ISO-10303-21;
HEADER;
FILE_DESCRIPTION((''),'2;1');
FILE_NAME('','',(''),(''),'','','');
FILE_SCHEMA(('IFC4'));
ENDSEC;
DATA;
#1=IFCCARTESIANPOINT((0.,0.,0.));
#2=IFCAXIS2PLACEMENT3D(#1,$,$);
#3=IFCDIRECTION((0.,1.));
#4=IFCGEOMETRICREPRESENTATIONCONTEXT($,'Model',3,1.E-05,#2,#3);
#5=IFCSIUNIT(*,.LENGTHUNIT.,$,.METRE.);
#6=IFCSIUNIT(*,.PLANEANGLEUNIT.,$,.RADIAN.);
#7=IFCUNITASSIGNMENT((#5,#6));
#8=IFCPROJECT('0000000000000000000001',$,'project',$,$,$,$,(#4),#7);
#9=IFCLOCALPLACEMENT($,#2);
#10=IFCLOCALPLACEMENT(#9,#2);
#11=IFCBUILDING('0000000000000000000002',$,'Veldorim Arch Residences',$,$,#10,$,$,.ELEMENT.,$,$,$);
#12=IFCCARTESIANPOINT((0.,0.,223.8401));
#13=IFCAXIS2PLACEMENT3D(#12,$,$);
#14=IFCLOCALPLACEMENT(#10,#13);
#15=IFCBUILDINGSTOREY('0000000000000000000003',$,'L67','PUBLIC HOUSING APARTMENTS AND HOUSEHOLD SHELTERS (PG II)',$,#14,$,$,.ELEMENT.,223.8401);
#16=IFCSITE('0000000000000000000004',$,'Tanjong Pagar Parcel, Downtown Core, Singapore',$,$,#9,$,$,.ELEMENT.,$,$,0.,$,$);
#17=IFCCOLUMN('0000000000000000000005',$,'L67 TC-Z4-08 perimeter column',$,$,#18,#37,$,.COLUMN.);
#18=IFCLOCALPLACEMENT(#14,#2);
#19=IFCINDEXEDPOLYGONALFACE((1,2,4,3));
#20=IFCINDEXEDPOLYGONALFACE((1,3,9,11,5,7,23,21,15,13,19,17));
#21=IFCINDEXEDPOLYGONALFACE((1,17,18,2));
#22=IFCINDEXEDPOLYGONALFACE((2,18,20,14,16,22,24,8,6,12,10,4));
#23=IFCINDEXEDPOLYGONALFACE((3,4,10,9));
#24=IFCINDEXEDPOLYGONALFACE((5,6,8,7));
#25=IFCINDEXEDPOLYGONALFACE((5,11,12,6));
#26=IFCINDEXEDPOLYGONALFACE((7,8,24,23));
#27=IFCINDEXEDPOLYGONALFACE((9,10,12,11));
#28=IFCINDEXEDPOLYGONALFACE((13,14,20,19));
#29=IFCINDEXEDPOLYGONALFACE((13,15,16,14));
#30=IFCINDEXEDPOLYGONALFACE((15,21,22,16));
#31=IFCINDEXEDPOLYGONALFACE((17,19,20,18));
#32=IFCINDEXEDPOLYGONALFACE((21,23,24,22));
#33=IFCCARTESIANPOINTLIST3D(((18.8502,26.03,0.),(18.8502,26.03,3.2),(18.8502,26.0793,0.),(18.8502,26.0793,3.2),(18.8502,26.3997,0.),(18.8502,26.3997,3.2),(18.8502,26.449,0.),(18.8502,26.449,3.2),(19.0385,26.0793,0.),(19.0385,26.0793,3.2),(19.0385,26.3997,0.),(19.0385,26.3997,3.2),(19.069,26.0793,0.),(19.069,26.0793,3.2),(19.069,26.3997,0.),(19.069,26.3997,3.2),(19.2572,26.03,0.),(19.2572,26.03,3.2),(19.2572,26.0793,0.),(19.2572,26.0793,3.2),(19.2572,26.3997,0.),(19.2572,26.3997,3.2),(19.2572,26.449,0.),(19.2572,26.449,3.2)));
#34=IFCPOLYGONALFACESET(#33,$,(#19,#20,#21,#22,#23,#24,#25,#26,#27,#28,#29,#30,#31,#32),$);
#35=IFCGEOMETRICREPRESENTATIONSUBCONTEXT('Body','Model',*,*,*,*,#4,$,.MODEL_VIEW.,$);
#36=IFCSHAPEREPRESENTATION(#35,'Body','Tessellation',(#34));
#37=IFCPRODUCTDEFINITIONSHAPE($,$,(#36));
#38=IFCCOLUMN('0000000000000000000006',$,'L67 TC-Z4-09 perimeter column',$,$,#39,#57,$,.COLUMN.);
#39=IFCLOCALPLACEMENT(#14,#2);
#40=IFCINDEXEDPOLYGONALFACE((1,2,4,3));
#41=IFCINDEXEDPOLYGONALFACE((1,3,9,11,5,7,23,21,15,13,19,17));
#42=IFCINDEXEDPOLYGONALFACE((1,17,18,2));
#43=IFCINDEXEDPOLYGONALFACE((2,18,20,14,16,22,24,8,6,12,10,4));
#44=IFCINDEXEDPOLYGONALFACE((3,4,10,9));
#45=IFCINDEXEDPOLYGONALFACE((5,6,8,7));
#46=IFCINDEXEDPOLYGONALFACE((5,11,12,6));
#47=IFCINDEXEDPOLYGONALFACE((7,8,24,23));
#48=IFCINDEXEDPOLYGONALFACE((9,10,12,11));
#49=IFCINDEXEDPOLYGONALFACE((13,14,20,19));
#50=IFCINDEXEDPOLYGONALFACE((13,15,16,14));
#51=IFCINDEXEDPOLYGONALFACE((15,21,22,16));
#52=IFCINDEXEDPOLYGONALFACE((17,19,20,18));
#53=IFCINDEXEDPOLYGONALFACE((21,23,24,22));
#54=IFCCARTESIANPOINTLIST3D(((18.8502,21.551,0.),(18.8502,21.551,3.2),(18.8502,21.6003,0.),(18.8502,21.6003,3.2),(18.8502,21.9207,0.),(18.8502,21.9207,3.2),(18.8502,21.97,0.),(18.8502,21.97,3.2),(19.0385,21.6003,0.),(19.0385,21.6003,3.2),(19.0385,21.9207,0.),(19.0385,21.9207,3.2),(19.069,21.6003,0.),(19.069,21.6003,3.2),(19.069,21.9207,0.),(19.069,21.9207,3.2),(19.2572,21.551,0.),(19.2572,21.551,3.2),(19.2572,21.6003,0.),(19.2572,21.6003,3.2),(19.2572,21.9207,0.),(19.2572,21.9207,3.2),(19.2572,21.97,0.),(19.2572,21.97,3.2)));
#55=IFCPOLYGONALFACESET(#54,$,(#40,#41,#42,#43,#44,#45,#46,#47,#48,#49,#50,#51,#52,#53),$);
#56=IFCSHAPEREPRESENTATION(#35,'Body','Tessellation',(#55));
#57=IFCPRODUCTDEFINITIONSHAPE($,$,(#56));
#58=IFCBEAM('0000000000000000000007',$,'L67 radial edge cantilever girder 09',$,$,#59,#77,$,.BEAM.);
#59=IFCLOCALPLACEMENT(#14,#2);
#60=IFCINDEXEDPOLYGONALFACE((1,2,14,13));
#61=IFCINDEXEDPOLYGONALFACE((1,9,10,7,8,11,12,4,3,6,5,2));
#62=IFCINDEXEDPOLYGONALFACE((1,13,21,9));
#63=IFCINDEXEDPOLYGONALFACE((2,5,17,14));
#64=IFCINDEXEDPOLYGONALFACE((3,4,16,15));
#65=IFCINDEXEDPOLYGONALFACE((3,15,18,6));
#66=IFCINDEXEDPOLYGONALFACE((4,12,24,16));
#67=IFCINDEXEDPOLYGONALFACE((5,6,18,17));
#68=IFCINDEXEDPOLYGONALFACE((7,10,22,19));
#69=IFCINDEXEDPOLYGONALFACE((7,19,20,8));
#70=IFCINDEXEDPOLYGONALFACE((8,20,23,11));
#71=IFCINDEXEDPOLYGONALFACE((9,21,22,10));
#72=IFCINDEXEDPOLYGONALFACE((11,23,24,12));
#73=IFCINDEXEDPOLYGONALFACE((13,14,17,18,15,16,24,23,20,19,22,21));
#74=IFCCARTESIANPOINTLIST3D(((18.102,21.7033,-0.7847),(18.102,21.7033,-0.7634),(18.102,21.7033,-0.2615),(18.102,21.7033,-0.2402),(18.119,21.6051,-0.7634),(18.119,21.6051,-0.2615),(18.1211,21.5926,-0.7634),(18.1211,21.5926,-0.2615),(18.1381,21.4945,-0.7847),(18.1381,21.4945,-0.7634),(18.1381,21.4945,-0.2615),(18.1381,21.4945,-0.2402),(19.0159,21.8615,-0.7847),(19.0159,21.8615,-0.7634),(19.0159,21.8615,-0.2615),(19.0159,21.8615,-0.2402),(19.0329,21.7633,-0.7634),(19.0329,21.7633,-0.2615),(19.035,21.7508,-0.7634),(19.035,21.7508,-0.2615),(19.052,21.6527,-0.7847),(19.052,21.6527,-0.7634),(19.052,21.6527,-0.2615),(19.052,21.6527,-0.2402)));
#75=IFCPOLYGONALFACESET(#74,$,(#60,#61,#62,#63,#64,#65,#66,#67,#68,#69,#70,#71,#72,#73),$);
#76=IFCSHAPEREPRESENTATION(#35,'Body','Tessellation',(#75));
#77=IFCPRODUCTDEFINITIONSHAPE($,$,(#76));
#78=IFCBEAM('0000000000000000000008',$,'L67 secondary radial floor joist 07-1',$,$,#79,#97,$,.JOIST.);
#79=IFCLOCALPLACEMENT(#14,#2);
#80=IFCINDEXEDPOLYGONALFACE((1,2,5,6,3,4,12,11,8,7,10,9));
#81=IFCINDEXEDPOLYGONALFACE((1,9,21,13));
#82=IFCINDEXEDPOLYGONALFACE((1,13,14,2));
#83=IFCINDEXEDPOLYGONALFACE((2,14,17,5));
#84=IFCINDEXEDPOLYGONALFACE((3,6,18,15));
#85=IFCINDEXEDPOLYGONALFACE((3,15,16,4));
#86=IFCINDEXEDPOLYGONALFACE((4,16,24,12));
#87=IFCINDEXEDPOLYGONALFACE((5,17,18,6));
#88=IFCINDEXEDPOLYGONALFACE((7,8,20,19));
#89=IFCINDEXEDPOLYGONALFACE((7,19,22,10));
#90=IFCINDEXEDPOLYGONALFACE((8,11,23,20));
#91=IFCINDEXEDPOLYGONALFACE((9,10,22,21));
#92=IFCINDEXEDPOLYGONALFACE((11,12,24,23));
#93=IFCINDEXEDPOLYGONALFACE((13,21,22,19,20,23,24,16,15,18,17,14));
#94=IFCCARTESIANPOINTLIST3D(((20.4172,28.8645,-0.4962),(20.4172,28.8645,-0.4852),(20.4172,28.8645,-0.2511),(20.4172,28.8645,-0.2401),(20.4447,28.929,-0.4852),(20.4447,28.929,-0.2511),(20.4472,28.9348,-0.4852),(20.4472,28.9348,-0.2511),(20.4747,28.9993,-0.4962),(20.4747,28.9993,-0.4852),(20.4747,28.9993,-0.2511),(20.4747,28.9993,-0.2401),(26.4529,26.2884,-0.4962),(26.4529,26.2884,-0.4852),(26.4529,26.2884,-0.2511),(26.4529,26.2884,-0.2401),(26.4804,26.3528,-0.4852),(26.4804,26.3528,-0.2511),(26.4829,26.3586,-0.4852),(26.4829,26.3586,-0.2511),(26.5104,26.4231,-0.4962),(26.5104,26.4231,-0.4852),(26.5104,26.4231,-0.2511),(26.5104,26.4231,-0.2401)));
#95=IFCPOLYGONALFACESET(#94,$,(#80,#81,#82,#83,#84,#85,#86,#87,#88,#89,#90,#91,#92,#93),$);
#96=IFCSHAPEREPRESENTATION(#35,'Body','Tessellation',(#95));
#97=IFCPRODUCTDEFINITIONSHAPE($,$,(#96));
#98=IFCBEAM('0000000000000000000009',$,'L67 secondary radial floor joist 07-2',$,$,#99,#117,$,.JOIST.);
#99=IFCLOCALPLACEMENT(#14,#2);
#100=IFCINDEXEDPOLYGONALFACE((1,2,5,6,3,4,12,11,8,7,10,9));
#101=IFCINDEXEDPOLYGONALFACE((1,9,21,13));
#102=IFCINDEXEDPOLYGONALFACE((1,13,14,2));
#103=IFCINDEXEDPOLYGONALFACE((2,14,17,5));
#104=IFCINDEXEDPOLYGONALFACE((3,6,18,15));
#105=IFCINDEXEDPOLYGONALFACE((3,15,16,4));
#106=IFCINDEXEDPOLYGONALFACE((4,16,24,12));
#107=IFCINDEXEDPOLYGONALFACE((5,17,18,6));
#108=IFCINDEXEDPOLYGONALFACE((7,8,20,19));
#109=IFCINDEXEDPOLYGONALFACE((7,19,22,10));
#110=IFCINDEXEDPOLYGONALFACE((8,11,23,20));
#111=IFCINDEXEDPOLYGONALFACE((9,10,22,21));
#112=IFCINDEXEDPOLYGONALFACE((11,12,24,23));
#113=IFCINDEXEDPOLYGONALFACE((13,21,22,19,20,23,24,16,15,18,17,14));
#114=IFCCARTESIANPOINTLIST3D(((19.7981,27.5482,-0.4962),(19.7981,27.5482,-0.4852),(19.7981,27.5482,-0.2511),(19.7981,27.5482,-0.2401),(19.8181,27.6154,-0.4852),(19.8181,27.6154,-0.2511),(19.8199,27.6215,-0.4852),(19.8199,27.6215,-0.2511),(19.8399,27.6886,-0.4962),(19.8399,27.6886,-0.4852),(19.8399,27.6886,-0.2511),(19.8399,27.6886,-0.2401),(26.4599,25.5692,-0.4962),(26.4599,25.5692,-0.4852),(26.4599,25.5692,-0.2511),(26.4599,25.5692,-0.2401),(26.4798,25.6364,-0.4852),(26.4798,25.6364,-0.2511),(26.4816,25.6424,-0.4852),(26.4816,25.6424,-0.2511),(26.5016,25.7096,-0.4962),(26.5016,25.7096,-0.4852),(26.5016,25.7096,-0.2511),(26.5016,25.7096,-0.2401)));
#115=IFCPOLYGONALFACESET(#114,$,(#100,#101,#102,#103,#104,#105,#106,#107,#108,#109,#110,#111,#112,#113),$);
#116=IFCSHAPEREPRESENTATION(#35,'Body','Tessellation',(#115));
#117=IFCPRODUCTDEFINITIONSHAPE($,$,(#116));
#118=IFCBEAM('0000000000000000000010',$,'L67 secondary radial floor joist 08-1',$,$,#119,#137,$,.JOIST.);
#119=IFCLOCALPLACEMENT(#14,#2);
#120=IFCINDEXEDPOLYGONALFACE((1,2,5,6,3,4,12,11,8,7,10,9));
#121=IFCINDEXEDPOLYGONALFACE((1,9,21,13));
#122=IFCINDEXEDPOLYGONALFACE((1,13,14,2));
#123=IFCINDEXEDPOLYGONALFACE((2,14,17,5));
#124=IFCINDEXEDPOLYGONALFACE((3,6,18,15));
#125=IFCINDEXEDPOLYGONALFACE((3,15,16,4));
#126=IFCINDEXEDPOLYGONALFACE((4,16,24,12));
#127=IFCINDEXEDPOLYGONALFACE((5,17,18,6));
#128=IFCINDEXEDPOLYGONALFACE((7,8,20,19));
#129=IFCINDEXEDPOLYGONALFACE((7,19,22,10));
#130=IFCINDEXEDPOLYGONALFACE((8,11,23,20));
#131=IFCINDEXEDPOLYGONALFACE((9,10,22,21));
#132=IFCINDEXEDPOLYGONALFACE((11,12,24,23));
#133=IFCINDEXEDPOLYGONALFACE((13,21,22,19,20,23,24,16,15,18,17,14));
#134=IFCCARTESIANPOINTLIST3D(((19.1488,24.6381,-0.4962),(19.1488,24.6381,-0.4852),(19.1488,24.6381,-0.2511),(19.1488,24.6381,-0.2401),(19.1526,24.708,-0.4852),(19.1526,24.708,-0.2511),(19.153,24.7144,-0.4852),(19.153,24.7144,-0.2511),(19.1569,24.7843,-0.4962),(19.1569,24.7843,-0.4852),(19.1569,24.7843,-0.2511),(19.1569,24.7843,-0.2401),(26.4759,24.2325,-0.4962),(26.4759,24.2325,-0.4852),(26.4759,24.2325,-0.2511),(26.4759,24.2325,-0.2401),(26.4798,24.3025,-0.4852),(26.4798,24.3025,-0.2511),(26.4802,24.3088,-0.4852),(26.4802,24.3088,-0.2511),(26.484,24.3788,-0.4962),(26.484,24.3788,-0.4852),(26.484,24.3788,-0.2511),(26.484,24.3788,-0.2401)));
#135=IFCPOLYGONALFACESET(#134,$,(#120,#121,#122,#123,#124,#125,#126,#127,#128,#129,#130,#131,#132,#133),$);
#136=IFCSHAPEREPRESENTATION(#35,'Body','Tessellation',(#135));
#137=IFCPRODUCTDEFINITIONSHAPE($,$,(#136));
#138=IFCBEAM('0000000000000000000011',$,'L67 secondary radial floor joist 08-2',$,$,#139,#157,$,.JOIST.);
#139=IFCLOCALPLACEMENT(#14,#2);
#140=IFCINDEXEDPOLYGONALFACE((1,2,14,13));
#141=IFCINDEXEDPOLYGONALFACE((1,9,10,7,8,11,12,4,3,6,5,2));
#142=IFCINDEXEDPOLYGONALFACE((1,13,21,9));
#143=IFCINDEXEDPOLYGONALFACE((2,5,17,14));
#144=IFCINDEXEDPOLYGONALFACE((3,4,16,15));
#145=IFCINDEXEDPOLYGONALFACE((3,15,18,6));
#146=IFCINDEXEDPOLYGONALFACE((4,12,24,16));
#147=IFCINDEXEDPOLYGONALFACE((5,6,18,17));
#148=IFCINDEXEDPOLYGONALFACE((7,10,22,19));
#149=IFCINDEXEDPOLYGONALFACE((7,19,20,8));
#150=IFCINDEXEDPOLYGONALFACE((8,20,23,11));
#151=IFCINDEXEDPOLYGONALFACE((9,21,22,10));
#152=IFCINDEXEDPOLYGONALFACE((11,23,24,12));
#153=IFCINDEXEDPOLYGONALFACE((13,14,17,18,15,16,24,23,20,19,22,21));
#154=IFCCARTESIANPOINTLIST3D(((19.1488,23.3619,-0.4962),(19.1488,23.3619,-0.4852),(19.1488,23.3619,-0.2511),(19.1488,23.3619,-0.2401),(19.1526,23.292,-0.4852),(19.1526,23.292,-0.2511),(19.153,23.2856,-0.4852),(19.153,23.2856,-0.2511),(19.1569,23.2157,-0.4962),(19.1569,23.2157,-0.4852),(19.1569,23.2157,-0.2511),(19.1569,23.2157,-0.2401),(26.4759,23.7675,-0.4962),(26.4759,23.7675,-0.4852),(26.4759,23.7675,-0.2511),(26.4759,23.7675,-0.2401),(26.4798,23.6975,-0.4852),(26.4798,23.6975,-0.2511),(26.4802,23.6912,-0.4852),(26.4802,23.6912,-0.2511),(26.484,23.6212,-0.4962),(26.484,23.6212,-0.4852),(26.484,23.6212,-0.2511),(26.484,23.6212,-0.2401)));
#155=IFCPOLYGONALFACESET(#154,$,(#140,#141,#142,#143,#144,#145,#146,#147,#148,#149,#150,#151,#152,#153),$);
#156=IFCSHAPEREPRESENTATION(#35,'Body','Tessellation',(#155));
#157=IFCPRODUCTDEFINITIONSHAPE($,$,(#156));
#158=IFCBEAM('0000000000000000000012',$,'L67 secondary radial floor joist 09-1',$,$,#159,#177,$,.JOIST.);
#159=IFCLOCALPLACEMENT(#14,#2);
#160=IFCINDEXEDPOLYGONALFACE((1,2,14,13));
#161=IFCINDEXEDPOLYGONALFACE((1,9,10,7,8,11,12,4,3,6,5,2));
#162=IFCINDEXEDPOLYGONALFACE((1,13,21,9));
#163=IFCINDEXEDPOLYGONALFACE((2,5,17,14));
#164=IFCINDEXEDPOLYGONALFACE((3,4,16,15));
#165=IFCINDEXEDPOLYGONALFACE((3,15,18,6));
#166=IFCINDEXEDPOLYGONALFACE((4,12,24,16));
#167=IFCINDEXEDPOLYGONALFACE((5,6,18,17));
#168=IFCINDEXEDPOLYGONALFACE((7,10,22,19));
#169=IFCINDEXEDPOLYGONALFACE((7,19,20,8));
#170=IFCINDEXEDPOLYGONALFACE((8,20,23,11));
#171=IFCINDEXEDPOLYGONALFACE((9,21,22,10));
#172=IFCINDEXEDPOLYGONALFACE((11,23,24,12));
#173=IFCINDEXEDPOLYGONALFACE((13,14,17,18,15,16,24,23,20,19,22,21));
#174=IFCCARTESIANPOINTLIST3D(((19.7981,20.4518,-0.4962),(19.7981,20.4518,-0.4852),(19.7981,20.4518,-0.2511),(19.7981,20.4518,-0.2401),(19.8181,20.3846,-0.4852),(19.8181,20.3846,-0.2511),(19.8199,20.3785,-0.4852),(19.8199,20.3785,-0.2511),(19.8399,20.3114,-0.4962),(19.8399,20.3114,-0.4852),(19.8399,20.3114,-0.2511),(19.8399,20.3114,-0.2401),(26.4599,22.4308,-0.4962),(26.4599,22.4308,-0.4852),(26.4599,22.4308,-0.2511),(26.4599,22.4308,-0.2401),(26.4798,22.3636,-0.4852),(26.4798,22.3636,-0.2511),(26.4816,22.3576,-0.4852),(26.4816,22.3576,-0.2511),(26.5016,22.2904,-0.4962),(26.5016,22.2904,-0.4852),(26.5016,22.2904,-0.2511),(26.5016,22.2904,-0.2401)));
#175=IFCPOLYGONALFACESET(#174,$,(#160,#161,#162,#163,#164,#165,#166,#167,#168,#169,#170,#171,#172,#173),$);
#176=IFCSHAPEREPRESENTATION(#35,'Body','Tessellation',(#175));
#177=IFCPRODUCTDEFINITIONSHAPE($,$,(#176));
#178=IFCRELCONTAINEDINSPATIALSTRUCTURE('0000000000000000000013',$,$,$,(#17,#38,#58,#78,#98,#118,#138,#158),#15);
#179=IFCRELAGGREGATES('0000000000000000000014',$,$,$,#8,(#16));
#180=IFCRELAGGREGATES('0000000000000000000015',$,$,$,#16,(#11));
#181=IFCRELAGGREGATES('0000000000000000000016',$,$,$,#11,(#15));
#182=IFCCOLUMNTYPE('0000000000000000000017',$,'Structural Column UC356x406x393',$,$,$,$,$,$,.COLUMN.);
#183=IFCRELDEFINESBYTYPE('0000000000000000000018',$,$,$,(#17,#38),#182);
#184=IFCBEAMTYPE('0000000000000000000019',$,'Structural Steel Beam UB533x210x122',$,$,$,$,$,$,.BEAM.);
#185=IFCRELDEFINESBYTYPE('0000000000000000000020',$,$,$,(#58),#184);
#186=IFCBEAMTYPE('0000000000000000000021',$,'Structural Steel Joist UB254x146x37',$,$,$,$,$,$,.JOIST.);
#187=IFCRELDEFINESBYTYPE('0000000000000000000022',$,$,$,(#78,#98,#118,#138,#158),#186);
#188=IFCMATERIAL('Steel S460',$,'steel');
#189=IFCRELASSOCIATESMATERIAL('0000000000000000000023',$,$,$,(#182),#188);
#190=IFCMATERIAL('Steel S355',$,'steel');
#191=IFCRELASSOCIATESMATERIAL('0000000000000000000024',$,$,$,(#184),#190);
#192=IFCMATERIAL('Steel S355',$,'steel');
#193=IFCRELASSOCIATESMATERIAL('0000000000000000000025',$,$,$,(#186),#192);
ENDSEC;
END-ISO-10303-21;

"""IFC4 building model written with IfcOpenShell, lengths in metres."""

from ifc_helpers import new_model, si_unit, direction, frame, origin, origin_2d, place, context, subcontext, project, spatial, i_section, extrude, material, material_profile, profile_set, type_object, element, save


model = new_model("IFC4")

# Units and contexts
model_context = context("Model", 3, precision=1e-05, world=origin(), true_north=direction((0.0, 1.0)))
body_context = subcontext(model_context, "Body", "Model", "MODEL_VIEW")
ifc_project = project(units=[si_unit("LENGTHUNIT", "METRE"), si_unit("PLANEANGLEUNIT", "RADIAN")], contexts=[model_context])

# Site, building, storey
site_placement = place(None, origin())
site = spatial("IfcSite", under=ifc_project, at=site_placement, Name="Tanjong Pagar Parcel, Downtown Core, Singapore", CompositionType="ELEMENT", RefElevation=0.0)
building_placement = place(site_placement, origin())
building = spatial("IfcBuilding", under=site, at=building_placement, Name="Veldorim Arch Residences", CompositionType="ELEMENT")
storey_placement = place(building_placement, frame((0.0, 0.0, 223.8401)))
storey = spatial("IfcBuildingStorey", under=building, at=storey_placement, Name="L67", Description="PUBLIC HOUSING APARTMENTS AND HOUSEHOLD SHELTERS (PG II)", CompositionType="ELEMENT", Elevation=223.8401)

# Columns
ifc_material_1 = material(Name="Steel S460", Category="steel")
ifc_material_profile_1 = material_profile(ifc_material_1, i_section(OverallWidth=0.407, OverallDepth=0.4189, WebThickness=0.0305, FlangeThickness=0.0493, at=origin_2d()), Name="UC356x406x393")
ifc_profile_set_1 = profile_set([ifc_material_profile_1], Name="Steel S460")
column_type = type_object("IfcColumnType", Name="Structural Column UC356x406x393", PredefinedType="COLUMN", material=ifc_profile_set_1)
for number, where, z_axis, x_axis, name in (
    (1, (19.0537, 26.2395, 0.0), (0.0, 0.0, 1.0), (1.0, 0.0, 0.0), "L67 TC-Z4-08 perimeter column"),
    (2, (19.0537, 21.7605, 0.0), (0.0, 0.0, 1.0), (1.0, 0.0, 0.0), "L67 TC-Z4-09 perimeter column"),
):
    element("IfcColumn", number, at=place(storey_placement, frame(where, z_axis=z_axis, x_axis=x_axis)), inside=storey, type_object=column_type, Name=name, PredefinedType="COLUMN", context=body_context, shape_type="SweptSolid", body=[
        extrude(i_section(OverallWidth=0.407, OverallDepth=0.4189, WebThickness=0.0305, FlangeThickness=0.0493, at=origin_2d()), origin(), (0.0, 0.0, 1.0), 3.2),
    ])

# Beams
ifc_material_2 = material(Name="Steel S355", Category="steel")
ifc_material_profile_2 = material_profile(ifc_material_2, i_section(OverallWidth=0.2119, OverallDepth=0.5444, WebThickness=0.0127, FlangeThickness=0.0212, at=origin_2d()), Name="UB533x210x122")
ifc_profile_set_2 = profile_set([ifc_material_profile_2], Name="Steel S355")
beam_type_1 = type_object("IfcBeamType", Name="Structural Steel Beam UB533x210x122", PredefinedType="BEAM", material=ifc_profile_set_2)
beam_1_placement = place(storey_placement, frame((19.0339, 21.7571, -0.5125), z_axis=(-0.985343, -0.170586, 0.0), x_axis=(0.170586, -0.985343, 0.0)))
element("IfcBeam", 3, at=beam_1_placement, inside=storey, type_object=beam_type_1, Name="L67 radial edge cantilever girder 09", PredefinedType="BEAM", context=body_context, shape_type="SweptSolid", body=[
    extrude(i_section(OverallWidth=0.2119, OverallDepth=0.5444, WebThickness=0.0127, FlangeThickness=0.0212, at=origin_2d()), origin(), (0.0, 0.0, 1.0), 0.9275),
])
ifc_material_3 = material(Name="Steel S355", Category="steel")
ifc_material_profile_3 = material_profile(ifc_material_3, i_section(OverallWidth=0.1465, OverallDepth=0.2561, WebThickness=0.0063, FlangeThickness=0.011, at=origin_2d()), Name="UB254x146x37")
ifc_profile_set_3 = profile_set([ifc_material_profile_3], Name="Steel S355")
beam_type_2 = type_object("IfcBeamType", Name="Structural Steel Joist UB254x146x37", PredefinedType="JOIST", material=ifc_profile_set_3)
beam_2_placement = place(storey_placement, frame((26.4817, 26.3557, -0.3682), z_axis=(-0.919725, 0.392563, 0.0), x_axis=(-0.392563, -0.919725, 0.0)))
element("IfcBeam", 4, at=beam_2_placement, inside=storey, type_object=beam_type_2, Name="L67 secondary radial floor joist 07-1", PredefinedType="JOIST", context=body_context, shape_type="SweptSolid", body=[
    extrude(i_section(OverallWidth=0.1465, OverallDepth=0.2561, WebThickness=0.0063, FlangeThickness=0.011, at=origin_2d()), origin(), (0.0, 0.0, 1.0), 6.5625),
])
beam_3_placement = place(storey_placement, frame((26.4807, 25.6394, -0.3682), z_axis=(-0.958594, 0.284775, 0.0), x_axis=(-0.284775, -0.958594, 0.0)))
element("IfcBeam", 5, at=beam_3_placement, inside=storey, type_object=beam_type_2, Name="L67 secondary radial floor joist 07-2", PredefinedType="JOIST", context=body_context, shape_type="SweptSolid", body=[
    extrude(i_section(OverallWidth=0.1465, OverallDepth=0.2561, WebThickness=0.0063, FlangeThickness=0.011, at=origin_2d()), origin(), (0.0, 0.0, 1.0), 6.9495),
])
for number, where, z_axis, x_axis, name in (
    (6, (26.48, 24.3057, -0.3682), (-0.998472, 0.05526, 0.0), (-0.05526, -0.998472, 0.0), "L67 secondary radial floor joist 08-1"),
    (7, (26.48, 23.6943, -0.3682), (-0.998472, -0.05526, 0.0), (0.05526, -0.998472, 0.0), "L67 secondary radial floor joist 08-2"),
):
    element("IfcBeam", number, at=place(storey_placement, frame(where, z_axis=z_axis, x_axis=x_axis)), inside=storey, type_object=beam_type_2, Name=name, PredefinedType="JOIST", context=body_context, shape_type="SweptSolid", body=[
        extrude(i_section(OverallWidth=0.1465, OverallDepth=0.2561, WebThickness=0.0063, FlangeThickness=0.011, at=origin_2d()), origin(), (0.0, 0.0, 1.0), 7.3384),
    ])
beam_4_placement = place(storey_placement, frame((26.4807, 22.3606, -0.3682), z_axis=(-0.958594, -0.284775, 0.0), x_axis=(0.284775, -0.958594, 0.0)))
element("IfcBeam", 8, at=beam_4_placement, inside=storey, type_object=beam_type_2, Name="L67 secondary radial floor joist 09-1", PredefinedType="JOIST", context=body_context, shape_type="SweptSolid", body=[
    extrude(i_section(OverallWidth=0.1465, OverallDepth=0.2561, WebThickness=0.0063, FlangeThickness=0.011, at=origin_2d()), origin(), (0.0, 0.0, 1.0), 6.9495),
])

save(model, "model.ifc")
